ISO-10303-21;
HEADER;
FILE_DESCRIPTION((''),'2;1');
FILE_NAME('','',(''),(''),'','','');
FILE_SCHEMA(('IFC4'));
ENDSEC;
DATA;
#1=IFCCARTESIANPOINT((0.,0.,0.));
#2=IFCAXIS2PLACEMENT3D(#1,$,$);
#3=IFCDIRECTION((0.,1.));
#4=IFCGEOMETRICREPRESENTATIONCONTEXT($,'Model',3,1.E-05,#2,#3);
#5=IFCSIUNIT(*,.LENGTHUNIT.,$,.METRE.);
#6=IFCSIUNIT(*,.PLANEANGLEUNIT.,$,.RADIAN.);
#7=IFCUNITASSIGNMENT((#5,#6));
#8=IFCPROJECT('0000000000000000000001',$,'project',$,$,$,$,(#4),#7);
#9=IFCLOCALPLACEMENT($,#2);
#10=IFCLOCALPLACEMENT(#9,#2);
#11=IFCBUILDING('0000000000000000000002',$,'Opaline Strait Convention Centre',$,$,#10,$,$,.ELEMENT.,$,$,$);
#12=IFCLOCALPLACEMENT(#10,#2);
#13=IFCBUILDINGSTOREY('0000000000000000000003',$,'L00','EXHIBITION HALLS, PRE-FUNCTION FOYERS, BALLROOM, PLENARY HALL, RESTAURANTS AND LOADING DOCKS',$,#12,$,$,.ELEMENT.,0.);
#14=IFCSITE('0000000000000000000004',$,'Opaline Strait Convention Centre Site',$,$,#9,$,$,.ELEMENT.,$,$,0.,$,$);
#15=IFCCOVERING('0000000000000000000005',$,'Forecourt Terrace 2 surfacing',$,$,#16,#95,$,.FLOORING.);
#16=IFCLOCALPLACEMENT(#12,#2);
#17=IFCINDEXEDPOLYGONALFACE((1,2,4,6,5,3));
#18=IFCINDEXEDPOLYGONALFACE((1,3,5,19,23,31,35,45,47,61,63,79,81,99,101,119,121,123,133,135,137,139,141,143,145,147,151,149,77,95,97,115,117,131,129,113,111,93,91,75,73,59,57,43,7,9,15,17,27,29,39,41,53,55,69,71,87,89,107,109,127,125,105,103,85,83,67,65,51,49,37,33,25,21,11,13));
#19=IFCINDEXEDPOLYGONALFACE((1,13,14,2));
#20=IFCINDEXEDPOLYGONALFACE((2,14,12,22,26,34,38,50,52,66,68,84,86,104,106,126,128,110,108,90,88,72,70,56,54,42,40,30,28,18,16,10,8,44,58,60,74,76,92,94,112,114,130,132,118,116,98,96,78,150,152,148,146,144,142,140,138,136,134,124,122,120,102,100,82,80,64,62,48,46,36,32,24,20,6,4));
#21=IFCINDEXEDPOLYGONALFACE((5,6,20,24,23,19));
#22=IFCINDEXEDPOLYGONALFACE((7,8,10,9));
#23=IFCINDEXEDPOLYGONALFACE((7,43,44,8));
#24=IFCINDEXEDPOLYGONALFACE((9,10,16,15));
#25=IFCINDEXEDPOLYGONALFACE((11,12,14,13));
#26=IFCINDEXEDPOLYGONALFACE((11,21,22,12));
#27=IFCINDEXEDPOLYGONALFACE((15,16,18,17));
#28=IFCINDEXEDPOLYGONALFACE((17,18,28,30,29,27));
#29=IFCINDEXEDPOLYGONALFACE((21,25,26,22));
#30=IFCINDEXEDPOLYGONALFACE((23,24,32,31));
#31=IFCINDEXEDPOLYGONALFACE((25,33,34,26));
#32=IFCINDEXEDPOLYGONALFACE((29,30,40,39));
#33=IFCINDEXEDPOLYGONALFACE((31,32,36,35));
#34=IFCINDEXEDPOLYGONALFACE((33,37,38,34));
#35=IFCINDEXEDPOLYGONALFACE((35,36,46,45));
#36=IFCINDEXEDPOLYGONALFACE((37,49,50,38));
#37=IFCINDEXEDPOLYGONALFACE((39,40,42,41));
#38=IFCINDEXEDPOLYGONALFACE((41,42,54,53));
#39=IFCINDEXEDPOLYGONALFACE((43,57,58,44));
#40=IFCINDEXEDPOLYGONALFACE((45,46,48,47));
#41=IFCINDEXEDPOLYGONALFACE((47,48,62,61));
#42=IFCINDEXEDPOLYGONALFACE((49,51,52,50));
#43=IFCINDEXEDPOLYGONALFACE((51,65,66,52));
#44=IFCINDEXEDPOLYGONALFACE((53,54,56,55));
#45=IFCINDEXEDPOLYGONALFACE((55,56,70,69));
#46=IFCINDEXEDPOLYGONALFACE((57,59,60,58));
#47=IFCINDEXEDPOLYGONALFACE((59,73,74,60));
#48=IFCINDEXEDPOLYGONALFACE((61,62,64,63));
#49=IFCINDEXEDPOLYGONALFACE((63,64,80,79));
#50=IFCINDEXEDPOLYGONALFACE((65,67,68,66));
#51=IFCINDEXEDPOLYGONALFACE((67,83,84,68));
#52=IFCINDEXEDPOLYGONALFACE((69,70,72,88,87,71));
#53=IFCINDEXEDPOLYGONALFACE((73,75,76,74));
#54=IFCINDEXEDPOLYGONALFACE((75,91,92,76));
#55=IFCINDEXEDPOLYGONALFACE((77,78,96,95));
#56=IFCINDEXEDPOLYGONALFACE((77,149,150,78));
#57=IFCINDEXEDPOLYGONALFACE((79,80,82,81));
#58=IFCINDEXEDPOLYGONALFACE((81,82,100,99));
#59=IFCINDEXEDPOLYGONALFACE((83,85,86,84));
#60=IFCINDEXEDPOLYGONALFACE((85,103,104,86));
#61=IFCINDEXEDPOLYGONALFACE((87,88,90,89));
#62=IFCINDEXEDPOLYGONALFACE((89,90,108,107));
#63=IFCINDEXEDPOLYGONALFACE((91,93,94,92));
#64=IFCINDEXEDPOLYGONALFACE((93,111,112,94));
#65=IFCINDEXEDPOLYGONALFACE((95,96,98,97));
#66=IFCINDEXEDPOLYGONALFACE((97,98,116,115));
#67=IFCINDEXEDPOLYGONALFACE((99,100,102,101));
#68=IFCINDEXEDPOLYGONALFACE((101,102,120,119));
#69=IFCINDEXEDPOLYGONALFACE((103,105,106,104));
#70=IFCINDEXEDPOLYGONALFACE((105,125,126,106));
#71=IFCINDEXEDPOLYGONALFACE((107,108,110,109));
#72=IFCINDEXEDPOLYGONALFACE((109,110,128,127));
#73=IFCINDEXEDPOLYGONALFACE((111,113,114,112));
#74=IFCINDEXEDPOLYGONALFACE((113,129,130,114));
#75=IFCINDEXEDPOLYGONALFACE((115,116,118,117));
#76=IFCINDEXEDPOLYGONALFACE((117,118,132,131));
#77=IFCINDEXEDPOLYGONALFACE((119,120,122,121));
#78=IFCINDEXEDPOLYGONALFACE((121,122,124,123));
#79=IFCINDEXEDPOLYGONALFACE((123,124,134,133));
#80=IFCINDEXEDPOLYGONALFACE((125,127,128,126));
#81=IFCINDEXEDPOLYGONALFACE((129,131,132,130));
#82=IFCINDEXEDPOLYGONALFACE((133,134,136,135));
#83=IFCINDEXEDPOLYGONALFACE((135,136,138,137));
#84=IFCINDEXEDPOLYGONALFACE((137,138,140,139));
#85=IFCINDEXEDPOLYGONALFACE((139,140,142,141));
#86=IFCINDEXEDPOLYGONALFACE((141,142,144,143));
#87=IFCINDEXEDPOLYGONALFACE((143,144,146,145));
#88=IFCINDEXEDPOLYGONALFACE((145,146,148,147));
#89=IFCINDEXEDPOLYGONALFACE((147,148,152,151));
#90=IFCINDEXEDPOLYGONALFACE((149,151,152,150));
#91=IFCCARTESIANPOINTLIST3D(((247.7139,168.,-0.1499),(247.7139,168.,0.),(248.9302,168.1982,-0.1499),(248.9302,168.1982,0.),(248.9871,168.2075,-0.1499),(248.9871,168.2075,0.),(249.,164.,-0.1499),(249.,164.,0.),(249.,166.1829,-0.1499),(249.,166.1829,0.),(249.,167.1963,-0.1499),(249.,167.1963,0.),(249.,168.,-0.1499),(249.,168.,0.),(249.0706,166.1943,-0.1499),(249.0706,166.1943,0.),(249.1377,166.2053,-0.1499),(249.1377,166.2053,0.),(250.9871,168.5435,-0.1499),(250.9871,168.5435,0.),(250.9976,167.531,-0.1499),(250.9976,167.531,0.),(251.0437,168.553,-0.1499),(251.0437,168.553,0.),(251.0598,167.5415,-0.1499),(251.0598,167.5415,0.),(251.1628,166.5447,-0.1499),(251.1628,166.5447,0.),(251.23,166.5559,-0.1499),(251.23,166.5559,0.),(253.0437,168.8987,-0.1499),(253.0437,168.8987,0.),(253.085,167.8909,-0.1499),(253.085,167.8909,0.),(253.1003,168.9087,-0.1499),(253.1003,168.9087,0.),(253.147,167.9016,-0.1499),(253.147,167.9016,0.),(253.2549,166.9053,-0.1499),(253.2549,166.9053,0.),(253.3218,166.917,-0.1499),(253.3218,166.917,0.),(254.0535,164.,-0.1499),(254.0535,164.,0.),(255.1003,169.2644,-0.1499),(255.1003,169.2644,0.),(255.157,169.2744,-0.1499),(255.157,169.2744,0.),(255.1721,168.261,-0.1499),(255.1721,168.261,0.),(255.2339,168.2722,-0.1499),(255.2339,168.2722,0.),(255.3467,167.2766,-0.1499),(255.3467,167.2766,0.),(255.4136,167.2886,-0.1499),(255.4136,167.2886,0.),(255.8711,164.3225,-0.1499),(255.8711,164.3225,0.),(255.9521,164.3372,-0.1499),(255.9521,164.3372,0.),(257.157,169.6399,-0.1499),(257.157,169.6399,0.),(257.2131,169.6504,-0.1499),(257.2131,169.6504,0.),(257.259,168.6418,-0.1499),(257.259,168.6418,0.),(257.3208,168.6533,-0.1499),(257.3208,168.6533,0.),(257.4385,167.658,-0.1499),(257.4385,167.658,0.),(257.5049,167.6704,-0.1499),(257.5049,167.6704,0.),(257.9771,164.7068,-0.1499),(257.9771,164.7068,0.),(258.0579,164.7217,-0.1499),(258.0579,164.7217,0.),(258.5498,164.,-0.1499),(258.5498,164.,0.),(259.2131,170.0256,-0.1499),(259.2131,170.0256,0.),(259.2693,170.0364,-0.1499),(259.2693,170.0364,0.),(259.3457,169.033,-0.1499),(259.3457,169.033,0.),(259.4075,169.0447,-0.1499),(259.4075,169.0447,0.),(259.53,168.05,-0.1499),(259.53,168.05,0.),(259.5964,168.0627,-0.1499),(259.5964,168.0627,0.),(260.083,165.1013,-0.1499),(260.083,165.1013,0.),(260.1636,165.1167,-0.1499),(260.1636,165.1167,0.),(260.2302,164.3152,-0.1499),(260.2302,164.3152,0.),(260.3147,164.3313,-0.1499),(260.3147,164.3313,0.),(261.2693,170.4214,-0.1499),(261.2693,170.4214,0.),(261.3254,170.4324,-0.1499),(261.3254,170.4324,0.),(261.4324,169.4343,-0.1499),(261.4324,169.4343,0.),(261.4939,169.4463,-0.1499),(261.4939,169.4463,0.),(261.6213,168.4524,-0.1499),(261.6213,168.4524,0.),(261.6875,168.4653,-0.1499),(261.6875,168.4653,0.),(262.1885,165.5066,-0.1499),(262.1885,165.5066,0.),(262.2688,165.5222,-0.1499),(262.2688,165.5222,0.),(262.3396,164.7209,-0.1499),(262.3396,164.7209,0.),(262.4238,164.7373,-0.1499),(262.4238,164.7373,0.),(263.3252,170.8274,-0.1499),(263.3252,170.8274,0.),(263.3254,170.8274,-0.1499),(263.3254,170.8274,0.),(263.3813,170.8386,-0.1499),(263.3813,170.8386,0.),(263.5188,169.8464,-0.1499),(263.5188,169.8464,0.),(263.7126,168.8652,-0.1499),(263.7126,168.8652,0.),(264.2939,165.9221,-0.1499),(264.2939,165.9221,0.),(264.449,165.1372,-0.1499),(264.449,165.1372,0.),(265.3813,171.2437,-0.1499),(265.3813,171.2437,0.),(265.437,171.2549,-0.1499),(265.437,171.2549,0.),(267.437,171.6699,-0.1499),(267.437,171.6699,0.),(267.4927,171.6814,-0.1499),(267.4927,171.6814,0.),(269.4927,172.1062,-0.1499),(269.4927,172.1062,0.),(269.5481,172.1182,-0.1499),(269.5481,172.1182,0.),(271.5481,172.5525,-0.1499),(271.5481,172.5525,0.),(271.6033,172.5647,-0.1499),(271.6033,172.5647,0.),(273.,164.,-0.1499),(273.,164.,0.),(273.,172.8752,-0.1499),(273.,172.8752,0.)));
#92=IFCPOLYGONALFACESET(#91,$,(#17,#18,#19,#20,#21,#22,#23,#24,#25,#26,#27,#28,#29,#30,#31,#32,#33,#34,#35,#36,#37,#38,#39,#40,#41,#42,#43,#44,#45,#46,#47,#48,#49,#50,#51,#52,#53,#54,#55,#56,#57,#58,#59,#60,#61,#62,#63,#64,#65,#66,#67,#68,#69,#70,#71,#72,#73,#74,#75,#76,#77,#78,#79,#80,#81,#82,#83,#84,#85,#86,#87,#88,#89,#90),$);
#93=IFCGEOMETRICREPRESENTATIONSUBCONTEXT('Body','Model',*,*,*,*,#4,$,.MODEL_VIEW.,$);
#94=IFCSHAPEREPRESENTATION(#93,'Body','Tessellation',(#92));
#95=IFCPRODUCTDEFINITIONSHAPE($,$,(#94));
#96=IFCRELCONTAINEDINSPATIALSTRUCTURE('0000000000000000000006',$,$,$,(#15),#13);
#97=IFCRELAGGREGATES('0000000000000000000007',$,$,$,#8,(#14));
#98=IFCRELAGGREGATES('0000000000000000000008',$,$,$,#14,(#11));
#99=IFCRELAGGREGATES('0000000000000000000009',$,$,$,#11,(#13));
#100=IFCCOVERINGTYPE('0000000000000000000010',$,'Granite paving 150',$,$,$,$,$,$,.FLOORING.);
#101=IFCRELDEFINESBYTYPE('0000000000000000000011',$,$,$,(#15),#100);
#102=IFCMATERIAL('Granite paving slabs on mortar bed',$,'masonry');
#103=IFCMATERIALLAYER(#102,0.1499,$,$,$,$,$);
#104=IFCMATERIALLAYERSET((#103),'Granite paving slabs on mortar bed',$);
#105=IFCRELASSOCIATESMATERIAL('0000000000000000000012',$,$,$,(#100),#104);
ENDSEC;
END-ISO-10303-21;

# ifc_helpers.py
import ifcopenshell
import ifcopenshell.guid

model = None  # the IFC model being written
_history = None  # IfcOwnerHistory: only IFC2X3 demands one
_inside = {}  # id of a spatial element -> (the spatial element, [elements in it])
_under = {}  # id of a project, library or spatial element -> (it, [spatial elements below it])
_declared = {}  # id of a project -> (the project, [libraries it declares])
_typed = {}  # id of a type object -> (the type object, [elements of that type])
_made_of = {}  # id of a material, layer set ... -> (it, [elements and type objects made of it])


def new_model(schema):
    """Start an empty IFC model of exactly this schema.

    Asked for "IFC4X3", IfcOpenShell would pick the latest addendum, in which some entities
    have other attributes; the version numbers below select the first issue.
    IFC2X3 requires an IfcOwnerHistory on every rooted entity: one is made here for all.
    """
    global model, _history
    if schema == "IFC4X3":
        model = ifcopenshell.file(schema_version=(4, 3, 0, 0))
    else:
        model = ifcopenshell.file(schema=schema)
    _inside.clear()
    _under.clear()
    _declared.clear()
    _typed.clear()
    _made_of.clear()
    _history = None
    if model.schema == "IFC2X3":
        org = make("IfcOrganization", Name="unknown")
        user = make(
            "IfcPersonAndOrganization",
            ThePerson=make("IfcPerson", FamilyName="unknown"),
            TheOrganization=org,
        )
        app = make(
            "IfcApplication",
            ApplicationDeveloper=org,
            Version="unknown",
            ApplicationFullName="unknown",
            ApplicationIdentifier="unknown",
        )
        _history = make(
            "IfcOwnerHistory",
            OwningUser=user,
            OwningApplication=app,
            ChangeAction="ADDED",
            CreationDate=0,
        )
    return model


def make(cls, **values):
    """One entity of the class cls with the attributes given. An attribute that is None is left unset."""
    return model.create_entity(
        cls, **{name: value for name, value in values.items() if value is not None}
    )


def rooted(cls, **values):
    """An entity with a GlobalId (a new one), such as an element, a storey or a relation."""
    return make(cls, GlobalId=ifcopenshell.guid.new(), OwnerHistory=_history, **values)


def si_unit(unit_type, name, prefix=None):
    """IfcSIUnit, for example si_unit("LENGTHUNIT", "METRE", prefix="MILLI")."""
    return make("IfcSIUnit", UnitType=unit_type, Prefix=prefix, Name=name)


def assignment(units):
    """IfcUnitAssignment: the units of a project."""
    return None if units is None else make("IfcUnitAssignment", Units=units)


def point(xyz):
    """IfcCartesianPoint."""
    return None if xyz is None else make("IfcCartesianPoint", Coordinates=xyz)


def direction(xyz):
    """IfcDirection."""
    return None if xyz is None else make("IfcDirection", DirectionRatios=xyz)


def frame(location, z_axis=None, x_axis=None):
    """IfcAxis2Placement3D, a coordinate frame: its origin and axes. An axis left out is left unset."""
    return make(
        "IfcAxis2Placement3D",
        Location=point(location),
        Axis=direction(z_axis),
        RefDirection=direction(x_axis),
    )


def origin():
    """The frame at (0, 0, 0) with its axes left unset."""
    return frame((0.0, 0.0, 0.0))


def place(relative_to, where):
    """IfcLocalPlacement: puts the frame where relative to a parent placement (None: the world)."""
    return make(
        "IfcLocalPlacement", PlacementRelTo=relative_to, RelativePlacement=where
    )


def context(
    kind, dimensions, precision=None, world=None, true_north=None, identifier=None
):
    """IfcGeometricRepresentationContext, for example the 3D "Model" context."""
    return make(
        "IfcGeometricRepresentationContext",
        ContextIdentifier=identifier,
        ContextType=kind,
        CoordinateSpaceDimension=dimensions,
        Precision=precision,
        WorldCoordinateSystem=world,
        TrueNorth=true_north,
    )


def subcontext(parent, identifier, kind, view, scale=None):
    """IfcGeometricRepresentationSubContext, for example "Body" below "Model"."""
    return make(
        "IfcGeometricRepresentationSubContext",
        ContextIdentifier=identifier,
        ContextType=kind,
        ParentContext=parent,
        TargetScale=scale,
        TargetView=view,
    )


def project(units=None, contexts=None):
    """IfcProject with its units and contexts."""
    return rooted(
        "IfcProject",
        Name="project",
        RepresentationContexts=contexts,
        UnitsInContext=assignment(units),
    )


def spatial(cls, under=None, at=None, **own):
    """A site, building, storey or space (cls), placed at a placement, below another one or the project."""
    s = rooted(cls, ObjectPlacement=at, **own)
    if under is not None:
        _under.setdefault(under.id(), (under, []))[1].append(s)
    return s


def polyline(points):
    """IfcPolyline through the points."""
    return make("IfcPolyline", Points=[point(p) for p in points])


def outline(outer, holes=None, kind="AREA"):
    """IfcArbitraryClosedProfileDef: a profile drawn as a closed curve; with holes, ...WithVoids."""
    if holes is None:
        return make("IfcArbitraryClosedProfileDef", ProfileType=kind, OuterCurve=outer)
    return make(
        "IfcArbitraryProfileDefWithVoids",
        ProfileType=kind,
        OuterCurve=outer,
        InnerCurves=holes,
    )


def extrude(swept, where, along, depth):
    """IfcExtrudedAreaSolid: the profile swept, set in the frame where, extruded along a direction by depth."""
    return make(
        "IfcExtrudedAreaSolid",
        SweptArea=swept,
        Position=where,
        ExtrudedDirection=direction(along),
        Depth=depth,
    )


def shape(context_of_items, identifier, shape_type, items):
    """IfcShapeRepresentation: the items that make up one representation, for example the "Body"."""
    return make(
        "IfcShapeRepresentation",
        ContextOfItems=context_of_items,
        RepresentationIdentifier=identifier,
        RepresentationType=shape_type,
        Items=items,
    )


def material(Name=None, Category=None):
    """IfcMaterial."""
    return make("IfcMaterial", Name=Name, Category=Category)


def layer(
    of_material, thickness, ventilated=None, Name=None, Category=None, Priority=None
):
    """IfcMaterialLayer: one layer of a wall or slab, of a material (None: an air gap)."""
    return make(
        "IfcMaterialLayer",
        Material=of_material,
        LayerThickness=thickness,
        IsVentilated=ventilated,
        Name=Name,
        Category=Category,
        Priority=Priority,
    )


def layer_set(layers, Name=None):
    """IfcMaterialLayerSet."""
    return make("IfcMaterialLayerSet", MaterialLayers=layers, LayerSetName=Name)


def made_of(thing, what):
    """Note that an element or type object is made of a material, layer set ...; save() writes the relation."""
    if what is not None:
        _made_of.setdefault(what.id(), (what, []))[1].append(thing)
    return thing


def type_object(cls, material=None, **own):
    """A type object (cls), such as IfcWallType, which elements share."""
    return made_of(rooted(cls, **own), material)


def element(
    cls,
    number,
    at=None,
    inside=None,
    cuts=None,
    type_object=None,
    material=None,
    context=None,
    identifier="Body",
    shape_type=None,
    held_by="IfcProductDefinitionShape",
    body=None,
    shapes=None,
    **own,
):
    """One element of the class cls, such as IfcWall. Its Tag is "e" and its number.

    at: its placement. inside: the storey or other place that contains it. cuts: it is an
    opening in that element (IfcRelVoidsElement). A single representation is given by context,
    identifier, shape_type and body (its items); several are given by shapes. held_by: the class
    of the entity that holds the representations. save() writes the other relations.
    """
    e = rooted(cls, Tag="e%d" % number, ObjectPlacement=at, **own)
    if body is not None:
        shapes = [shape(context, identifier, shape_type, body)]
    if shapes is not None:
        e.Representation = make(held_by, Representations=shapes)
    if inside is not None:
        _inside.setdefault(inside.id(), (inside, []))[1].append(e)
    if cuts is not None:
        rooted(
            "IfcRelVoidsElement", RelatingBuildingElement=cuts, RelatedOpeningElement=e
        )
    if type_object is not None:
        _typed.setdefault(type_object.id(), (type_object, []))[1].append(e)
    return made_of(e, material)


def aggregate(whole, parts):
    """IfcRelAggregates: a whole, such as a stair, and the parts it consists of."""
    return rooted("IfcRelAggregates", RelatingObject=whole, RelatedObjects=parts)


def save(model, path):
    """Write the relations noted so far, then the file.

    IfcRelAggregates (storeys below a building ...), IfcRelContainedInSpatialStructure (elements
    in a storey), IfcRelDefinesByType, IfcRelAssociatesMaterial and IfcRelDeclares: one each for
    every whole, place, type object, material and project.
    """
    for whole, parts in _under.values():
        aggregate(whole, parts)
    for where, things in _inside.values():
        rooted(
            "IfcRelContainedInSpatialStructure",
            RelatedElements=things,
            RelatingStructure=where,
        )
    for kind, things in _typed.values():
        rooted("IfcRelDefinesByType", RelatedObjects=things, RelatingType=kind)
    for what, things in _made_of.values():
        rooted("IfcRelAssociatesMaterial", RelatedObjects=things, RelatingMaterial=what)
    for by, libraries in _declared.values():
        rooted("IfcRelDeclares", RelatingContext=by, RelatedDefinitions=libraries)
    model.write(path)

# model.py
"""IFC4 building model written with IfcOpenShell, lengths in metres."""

from ifc_helpers import new_model, si_unit, direction, frame, origin, place, context, subcontext, project, spatial, polyline, outline, extrude, material, layer, layer_set, type_object, element, save


model = new_model("IFC4")

# Units and contexts
model_context = context("Model", 3, precision=1e-05, world=origin(), true_north=direction((0.0, 1.0)))
body_context = subcontext(model_context, "Body", "Model", "MODEL_VIEW")
ifc_project = project(units=[si_unit("LENGTHUNIT", "METRE"), si_unit("PLANEANGLEUNIT", "RADIAN")], contexts=[model_context])

# Site, building, storey
site_placement = place(None, origin())
site = spatial("IfcSite", under=ifc_project, at=site_placement, Name="Opaline Strait Convention Centre Site", CompositionType="ELEMENT", RefElevation=0.0)
building_placement = place(site_placement, origin())
building = spatial("IfcBuilding", under=site, at=building_placement, Name="Opaline Strait Convention Centre", CompositionType="ELEMENT")
storey_placement = place(building_placement, origin())
storey = spatial("IfcBuildingStorey", under=building, at=storey_placement, Name="L00", Description="EXHIBITION HALLS, PRE-FUNCTION FOYERS, BALLROOM, PLENARY HALL, RESTAURANTS AND LOADING DOCKS", CompositionType="ELEMENT", Elevation=0.0)

# Covering
ifc_material = material(Name="Granite paving slabs on mortar bed", Category="masonry")
ifc_layer = layer(ifc_material, 0.1499)
ifc_layer_set = layer_set([ifc_layer], Name="Granite paving slabs on mortar bed")
covering_type = type_object("IfcCoveringType", Name="Granite paving 150", PredefinedType="FLOORING", material=ifc_layer_set)
covering_1_placement = place(storey_placement, frame((0.0, 0.0, -0.1499)))
element("IfcCovering", 1, at=covering_1_placement, inside=storey, type_object=covering_type, Name="Forecourt Terrace 2 surfacing", PredefinedType="FLOORING", context=body_context, shape_type="SweptSolid", body=[
    extrude(outline(polyline([(249.1377, 166.2053), (249.0706, 166.1943), (249.0, 166.1829), (249.0, 164.0), (254.0535, 164.0), (255.8711, 164.3225), (255.9521, 164.3372), (257.9771, 164.7068), (258.0579, 164.7217), (260.083, 165.1013), (260.1636, 165.1167), (262.1885, 165.5066), (262.2688, 165.5222), (264.2939, 165.9221), (264.449, 165.1372), (262.4238, 164.7373), (262.3396, 164.7209), (260.3147, 164.3313), (260.2302, 164.3152), (258.5498, 164.0), (273.0, 164.0), (273.0, 172.8752), (271.6033, 172.5647), (271.5481, 172.5525), (269.5481, 172.1182), (269.4927, 172.1062), (267.4927, 171.6814), (267.437, 171.6699), (265.437, 171.2549), (265.3813, 171.2437), (263.3813, 170.8386), (263.3254, 170.8274), (263.3252, 170.8274), (261.3254, 170.4324), (261.2693, 170.4214), (259.2693, 170.0364), (259.2131, 170.0256), (257.2131, 169.6504), (257.157, 169.6399), (255.157, 169.2744), (255.1003, 169.2644), (253.1003, 168.9087), (253.0437, 168.8987), (251.0437, 168.553), (250.9871, 168.5435), (248.9871, 168.2075), (248.9302, 168.1982), (247.7139, 168.0), (249.0, 168.0), (249.0, 167.1963), (250.9976, 167.531), (251.0598, 167.5415), (253.085, 167.8909), (253.147, 167.9016), (255.1721, 168.261), (255.2339, 168.2722), (257.259, 168.6418), (257.3208, 168.6533), (259.3457, 169.033), (259.4075, 169.0447), (261.4324, 169.4343), (261.4939, 169.4463), (263.5188, 169.8464), (263.7126, 168.8652), (261.6875, 168.4653), (261.6213, 168.4524), (259.5964, 168.0627), (259.53, 168.05), (257.5049, 167.6704), (257.4385, 167.658), (255.4136, 167.2886), (255.3467, 167.2766), (253.3218, 166.917), (253.2549, 166.9053), (251.23, 166.5559), (251.1628, 166.5447), (249.1377, 166.2053)])), origin(), (0.0, 0.0, 1.0), 0.1499),
])

save(model, "model.ifc")
